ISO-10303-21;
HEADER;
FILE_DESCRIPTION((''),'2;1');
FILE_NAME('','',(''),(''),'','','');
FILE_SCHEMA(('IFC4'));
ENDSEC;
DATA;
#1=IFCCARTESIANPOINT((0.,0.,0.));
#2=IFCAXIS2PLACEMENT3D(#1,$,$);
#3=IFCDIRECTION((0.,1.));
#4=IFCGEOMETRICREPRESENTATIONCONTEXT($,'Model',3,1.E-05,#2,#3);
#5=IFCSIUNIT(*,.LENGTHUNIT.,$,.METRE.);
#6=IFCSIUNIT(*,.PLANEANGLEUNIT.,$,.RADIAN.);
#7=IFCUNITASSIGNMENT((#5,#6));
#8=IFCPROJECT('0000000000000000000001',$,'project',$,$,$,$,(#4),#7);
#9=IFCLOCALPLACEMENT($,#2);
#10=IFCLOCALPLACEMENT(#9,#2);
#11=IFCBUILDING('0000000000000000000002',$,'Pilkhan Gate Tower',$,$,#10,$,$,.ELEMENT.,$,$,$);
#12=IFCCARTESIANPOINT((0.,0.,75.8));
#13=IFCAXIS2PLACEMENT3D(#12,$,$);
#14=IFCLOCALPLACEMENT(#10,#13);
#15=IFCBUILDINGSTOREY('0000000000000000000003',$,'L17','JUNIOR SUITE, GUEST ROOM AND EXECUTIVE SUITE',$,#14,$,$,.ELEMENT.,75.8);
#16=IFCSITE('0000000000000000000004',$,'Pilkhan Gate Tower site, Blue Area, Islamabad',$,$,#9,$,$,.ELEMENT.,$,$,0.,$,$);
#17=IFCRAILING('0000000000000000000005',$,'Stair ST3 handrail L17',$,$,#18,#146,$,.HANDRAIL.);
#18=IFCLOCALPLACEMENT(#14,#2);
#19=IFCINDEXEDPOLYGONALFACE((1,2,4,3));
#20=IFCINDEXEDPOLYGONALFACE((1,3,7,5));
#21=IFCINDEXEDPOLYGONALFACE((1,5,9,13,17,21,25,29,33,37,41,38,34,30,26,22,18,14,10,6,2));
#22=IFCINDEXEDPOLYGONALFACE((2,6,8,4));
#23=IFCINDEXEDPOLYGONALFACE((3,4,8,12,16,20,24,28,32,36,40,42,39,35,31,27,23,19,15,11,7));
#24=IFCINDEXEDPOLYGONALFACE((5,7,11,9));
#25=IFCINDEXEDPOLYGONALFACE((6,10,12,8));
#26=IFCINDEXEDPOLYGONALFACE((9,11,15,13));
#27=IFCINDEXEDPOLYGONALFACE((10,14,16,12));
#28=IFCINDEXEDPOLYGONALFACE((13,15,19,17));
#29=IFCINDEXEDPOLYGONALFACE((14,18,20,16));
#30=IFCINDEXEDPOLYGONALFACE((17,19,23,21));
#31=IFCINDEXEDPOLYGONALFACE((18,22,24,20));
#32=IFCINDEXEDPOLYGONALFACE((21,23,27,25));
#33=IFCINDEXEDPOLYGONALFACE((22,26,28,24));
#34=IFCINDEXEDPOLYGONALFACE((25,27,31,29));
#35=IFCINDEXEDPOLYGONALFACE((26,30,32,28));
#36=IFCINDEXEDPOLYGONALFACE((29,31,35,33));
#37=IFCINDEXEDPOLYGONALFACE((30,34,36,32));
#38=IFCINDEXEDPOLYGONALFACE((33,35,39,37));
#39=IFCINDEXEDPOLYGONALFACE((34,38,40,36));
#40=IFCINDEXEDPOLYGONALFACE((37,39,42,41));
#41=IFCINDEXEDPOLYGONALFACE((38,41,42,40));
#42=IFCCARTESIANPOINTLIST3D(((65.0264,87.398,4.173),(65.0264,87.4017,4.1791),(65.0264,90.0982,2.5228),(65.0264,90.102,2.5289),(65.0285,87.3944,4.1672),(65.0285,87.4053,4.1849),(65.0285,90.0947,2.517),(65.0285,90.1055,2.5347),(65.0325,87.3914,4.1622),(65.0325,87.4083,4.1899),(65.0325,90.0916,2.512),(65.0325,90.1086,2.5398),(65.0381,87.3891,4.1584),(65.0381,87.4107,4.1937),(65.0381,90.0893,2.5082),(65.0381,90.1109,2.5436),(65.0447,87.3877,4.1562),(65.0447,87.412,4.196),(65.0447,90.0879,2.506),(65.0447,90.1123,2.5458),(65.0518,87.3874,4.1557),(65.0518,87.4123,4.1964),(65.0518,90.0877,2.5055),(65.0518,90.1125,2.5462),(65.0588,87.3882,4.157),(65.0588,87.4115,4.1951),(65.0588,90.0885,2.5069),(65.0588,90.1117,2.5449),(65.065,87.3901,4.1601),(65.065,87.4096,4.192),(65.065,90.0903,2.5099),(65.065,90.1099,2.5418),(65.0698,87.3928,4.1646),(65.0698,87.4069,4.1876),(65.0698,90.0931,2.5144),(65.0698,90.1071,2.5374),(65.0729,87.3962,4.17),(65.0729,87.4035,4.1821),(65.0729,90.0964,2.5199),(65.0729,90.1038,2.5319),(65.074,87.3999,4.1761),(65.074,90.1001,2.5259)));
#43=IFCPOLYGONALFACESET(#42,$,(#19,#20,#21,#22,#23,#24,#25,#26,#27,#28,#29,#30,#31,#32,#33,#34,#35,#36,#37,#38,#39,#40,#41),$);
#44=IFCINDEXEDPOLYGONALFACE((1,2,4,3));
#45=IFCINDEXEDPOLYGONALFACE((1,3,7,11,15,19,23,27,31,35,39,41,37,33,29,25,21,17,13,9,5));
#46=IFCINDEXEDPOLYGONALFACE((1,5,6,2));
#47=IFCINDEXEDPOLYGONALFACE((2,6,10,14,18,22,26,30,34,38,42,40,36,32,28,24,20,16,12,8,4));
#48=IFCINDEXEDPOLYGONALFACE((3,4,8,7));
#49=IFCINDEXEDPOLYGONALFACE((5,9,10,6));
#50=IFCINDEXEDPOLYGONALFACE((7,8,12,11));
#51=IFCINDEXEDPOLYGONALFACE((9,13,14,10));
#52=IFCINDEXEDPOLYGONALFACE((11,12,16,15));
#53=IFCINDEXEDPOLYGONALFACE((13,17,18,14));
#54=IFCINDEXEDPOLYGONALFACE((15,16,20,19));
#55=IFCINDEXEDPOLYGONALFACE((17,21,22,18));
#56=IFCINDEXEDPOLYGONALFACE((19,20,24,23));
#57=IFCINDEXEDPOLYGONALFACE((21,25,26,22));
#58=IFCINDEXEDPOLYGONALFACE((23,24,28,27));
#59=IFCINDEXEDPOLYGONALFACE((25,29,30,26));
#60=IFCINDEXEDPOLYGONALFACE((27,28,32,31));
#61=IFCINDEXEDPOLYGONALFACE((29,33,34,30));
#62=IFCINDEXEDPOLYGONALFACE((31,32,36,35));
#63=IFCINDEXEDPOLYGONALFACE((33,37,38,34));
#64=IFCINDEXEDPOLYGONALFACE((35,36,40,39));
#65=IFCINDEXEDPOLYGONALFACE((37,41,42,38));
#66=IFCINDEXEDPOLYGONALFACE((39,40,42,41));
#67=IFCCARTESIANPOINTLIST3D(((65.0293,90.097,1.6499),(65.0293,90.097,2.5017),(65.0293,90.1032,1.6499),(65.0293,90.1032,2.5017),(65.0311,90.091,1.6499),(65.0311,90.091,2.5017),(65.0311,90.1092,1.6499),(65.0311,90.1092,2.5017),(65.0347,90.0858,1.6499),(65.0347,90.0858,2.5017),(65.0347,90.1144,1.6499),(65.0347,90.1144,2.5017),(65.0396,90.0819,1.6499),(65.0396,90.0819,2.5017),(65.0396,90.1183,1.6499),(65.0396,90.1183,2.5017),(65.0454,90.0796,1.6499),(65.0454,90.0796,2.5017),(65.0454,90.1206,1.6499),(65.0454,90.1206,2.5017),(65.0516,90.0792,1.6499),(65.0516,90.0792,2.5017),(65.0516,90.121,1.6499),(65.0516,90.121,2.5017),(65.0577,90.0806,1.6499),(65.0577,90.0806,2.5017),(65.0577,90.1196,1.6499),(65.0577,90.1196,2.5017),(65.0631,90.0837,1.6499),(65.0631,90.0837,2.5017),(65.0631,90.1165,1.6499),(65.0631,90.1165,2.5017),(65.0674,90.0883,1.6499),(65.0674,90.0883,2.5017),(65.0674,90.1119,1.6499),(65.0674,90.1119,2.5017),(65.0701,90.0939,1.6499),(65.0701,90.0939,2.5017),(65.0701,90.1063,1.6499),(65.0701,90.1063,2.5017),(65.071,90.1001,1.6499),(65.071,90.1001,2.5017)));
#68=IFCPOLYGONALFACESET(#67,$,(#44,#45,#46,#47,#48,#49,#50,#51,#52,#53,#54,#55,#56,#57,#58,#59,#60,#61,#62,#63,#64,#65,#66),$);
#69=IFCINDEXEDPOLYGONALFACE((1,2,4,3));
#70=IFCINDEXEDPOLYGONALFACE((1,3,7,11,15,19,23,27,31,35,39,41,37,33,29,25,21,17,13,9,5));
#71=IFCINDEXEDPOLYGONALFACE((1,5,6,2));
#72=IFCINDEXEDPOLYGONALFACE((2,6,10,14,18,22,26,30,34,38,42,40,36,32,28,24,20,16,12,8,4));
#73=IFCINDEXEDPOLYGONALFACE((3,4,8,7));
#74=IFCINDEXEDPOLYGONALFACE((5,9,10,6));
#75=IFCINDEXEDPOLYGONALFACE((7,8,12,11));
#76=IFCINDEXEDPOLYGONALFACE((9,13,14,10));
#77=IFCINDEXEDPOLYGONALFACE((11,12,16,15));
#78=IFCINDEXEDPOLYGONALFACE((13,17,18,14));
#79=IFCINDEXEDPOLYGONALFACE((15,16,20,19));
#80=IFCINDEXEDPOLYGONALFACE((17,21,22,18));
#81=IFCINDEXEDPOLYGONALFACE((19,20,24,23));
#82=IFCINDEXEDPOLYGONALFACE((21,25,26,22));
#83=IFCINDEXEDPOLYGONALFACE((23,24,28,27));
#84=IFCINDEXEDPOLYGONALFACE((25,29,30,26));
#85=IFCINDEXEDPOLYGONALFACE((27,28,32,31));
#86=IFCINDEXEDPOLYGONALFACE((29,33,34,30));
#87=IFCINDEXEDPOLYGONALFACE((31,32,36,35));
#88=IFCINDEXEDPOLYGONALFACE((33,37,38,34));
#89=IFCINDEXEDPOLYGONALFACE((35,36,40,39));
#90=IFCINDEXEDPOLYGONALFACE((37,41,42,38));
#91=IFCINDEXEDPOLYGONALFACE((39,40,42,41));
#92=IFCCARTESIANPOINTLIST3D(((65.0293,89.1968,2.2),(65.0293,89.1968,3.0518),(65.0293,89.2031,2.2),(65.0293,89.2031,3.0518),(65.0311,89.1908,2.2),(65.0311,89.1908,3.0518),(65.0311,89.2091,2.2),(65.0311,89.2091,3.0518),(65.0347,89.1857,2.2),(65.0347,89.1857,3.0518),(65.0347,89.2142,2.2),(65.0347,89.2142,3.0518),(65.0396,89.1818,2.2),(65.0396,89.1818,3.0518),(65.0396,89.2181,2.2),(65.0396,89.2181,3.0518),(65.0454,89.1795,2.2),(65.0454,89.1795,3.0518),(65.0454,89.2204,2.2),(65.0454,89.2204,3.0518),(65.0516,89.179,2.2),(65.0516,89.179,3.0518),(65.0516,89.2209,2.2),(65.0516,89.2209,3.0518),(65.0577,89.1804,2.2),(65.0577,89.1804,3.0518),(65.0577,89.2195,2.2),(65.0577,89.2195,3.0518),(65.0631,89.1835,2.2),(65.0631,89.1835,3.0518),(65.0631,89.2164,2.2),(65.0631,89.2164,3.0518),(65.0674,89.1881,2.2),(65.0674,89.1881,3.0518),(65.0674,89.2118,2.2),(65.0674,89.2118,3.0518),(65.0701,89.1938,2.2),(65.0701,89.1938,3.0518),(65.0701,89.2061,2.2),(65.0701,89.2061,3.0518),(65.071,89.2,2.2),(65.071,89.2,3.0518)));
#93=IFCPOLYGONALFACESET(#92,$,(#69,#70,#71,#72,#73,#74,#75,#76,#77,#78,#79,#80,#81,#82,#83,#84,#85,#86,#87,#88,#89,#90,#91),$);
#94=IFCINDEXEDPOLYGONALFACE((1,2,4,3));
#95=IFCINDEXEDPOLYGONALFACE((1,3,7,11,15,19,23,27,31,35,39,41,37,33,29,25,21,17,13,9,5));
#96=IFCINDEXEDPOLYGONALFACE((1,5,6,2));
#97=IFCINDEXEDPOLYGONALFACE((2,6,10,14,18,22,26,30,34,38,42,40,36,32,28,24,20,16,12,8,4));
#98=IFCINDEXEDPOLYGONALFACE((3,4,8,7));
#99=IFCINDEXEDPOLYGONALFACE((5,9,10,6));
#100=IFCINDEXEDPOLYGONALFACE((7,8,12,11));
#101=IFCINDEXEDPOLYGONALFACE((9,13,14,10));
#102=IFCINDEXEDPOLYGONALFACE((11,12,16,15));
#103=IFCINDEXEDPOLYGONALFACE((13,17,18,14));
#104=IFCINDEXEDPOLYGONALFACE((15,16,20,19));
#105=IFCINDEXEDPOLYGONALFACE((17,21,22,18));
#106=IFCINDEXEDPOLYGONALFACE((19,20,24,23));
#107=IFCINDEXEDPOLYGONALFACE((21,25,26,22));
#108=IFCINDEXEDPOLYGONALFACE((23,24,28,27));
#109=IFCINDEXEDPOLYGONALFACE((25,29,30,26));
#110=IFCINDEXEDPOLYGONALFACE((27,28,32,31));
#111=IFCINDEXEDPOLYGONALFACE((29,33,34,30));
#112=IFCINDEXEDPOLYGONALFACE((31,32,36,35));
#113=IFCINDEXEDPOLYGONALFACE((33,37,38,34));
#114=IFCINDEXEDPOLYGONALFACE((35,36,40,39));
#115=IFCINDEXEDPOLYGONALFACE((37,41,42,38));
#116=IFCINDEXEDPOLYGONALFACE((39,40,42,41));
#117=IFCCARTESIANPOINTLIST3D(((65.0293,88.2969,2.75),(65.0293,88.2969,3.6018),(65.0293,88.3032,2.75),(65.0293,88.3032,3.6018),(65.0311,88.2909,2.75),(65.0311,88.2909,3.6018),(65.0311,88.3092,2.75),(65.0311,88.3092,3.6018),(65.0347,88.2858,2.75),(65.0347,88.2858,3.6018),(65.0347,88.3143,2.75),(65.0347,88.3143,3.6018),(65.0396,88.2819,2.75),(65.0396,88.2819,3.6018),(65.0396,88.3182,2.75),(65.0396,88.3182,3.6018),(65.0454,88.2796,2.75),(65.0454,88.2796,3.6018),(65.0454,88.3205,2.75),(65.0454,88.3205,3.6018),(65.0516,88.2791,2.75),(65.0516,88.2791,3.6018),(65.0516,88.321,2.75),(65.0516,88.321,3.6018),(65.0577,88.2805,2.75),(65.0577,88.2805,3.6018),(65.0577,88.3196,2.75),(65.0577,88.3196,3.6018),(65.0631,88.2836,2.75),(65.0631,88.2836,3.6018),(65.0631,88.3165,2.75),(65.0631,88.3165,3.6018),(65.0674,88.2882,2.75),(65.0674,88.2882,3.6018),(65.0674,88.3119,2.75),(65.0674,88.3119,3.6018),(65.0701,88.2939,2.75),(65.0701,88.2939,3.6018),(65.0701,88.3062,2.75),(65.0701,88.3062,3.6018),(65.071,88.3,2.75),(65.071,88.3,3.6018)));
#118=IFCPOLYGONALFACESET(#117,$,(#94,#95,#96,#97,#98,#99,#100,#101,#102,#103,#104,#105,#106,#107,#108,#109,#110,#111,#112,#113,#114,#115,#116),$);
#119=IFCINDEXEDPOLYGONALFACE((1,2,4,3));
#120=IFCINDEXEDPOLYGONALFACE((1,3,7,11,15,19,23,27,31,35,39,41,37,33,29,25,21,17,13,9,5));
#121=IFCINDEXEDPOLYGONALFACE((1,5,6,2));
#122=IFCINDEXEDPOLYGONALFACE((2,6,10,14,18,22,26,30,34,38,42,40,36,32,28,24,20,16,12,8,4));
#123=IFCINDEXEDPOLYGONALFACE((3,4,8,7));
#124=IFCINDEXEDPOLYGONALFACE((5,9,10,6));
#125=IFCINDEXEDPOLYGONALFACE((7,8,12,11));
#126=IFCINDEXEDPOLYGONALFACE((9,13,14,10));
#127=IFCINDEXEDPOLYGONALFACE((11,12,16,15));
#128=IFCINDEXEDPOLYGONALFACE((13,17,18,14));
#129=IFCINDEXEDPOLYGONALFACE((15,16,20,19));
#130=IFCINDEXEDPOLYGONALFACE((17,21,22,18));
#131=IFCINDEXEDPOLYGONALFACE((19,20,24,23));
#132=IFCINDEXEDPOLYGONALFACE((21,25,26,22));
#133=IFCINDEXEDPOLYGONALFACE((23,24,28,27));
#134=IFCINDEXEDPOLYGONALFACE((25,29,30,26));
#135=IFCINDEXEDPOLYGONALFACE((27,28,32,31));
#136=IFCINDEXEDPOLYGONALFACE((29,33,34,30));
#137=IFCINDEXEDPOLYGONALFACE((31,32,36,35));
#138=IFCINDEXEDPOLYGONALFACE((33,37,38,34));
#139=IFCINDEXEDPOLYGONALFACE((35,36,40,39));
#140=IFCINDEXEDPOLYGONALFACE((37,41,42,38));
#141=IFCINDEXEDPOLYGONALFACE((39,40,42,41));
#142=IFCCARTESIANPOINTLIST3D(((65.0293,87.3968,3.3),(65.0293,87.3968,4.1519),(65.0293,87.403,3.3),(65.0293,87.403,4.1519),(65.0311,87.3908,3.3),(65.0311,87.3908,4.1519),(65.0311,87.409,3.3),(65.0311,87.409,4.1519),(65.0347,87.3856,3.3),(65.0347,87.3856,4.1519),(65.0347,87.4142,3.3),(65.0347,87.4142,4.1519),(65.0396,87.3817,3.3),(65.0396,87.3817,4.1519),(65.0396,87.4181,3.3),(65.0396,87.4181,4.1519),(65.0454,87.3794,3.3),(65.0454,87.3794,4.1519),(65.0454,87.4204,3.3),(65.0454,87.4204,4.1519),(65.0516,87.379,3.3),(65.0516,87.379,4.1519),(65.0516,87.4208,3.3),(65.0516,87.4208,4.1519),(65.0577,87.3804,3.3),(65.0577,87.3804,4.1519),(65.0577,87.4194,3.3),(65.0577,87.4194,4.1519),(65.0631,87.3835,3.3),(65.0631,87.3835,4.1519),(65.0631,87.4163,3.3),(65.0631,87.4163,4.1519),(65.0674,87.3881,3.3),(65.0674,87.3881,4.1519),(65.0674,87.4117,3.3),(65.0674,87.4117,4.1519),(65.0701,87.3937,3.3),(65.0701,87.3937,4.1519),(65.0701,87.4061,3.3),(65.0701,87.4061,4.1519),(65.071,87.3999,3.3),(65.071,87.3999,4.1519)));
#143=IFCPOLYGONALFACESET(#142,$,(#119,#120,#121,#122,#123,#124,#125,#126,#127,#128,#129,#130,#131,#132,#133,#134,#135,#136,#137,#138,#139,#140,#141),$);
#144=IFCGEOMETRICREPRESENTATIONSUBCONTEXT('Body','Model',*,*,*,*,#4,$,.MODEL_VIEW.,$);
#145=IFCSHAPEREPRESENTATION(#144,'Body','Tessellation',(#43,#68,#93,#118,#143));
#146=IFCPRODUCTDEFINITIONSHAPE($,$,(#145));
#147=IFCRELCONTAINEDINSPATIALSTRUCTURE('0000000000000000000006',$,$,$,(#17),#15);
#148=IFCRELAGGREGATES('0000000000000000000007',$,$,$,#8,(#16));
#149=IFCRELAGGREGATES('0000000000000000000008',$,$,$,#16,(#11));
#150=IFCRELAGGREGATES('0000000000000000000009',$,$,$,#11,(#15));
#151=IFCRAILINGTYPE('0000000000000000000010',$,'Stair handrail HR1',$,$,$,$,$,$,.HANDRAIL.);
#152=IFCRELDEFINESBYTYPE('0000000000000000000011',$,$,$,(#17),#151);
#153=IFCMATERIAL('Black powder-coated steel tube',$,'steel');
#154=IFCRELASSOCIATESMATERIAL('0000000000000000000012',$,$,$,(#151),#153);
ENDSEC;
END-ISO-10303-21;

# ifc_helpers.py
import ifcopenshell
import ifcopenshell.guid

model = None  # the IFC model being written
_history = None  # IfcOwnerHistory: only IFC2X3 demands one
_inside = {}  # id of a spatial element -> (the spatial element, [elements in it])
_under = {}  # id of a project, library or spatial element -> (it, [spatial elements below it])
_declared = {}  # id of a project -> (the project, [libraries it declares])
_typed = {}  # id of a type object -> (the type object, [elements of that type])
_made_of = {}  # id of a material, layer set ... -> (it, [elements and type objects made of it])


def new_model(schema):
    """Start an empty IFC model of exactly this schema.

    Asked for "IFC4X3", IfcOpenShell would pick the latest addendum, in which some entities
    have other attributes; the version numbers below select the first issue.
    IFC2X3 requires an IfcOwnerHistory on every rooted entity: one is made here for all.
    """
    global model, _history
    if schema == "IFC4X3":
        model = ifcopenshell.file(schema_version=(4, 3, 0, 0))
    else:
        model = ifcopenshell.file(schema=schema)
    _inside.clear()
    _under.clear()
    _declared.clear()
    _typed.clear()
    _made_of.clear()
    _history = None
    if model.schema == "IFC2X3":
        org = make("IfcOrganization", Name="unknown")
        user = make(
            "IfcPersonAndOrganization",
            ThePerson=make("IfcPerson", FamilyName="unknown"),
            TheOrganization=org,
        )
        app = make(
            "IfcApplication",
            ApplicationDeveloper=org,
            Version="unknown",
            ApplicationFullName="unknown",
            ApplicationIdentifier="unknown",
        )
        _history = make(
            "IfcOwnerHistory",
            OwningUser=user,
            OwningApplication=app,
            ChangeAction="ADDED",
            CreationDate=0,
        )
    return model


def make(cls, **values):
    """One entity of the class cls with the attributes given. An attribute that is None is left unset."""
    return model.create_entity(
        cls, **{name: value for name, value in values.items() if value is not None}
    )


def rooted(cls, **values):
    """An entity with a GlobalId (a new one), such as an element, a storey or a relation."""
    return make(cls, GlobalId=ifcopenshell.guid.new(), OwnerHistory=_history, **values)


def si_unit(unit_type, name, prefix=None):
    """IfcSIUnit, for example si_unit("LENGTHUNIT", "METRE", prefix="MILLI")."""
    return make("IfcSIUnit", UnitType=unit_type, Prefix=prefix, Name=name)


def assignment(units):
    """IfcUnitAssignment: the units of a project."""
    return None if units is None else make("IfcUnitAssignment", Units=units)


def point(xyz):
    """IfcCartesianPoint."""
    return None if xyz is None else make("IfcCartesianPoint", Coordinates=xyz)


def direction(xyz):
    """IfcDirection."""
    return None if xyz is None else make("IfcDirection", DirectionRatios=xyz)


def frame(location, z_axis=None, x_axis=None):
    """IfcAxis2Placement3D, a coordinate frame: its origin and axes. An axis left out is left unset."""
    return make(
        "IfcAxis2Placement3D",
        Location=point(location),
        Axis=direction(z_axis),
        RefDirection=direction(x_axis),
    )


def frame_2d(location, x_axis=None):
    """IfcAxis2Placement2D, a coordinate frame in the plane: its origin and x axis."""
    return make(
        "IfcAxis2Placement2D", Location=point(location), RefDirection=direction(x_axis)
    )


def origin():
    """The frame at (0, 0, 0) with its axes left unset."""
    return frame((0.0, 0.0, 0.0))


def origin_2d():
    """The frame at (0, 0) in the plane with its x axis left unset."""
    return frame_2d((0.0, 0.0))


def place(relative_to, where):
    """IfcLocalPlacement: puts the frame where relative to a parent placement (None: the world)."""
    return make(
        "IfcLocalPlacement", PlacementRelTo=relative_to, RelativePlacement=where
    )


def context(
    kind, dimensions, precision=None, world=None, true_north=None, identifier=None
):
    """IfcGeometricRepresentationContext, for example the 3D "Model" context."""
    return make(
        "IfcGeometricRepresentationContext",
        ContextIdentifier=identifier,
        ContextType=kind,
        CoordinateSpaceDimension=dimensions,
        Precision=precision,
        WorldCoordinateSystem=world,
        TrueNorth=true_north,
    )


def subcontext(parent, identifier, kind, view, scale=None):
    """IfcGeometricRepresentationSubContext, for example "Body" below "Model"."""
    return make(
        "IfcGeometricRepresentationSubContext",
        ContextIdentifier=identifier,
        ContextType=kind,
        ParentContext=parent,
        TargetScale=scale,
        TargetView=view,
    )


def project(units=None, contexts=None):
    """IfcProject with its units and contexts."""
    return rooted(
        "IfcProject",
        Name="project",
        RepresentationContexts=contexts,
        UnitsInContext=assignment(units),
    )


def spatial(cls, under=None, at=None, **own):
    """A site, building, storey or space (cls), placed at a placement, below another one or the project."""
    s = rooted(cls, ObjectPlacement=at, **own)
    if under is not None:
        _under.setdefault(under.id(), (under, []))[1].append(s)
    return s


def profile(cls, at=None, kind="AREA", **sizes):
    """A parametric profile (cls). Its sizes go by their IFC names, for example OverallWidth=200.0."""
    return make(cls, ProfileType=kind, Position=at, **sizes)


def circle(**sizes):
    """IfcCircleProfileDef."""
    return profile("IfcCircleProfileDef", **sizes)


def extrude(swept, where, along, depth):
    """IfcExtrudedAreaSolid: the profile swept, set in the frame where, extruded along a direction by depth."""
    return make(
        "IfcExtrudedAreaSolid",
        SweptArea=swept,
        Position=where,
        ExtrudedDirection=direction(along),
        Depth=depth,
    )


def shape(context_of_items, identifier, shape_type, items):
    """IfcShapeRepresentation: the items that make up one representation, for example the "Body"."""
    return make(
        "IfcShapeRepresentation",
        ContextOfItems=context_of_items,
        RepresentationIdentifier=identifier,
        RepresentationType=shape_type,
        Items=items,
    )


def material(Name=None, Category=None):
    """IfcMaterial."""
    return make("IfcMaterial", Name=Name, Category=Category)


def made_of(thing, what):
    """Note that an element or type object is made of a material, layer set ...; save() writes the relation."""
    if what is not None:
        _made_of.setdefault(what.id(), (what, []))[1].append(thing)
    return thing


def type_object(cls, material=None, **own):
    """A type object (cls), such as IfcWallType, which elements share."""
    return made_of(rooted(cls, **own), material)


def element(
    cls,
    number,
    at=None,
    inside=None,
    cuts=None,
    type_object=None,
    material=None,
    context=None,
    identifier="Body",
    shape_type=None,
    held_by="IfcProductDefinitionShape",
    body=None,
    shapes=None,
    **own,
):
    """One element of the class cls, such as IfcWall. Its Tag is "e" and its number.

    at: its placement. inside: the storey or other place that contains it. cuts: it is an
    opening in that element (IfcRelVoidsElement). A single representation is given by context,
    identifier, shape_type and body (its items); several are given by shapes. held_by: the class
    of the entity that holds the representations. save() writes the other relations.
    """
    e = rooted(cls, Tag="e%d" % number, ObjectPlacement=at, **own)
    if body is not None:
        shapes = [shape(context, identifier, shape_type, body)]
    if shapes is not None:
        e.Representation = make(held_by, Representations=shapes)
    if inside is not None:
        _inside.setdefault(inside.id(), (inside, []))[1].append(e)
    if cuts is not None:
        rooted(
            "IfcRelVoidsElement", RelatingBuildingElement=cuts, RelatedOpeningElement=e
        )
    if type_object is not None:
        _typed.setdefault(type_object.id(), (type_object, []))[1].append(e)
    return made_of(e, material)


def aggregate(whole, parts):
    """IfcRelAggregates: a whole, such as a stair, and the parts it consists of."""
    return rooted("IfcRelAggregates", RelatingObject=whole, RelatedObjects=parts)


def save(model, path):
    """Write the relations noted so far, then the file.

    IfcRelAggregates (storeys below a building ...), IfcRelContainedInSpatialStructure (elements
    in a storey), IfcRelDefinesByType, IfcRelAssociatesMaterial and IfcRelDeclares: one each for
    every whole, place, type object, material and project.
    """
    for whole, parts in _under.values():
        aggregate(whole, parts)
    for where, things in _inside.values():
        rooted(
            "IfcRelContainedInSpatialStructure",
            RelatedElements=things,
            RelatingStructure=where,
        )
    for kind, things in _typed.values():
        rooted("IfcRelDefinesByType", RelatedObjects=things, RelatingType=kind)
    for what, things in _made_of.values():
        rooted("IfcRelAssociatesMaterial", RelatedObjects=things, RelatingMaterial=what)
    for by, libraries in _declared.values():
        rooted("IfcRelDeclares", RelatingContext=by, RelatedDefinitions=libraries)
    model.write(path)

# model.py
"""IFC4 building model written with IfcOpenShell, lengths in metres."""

from ifc_helpers import new_model, si_unit, direction, frame, origin, origin_2d, place, context, subcontext, project, spatial, circle, extrude, material, type_object, element, save


model = new_model("IFC4")

# Units and contexts
model_context = context("Model", 3, precision=1e-05, world=origin(), true_north=direction((0.0, 1.0)))
body_context = subcontext(model_context, "Body", "Model", "MODEL_VIEW")
ifc_project = project(units=[si_unit("LENGTHUNIT", "METRE"), si_unit("PLANEANGLEUNIT", "RADIAN")], contexts=[model_context])

# Site, building, storey
site_placement = place(None, origin())
site = spatial("IfcSite", under=ifc_project, at=site_placement, Name="Pilkhan Gate Tower site, Blue Area, Islamabad", CompositionType="ELEMENT", RefElevation=0.0)
building_placement = place(site_placement, origin())
building = spatial("IfcBuilding", under=site, at=building_placement, Name="Pilkhan Gate Tower", CompositionType="ELEMENT")
storey_placement = place(building_placement, frame((0.0, 0.0, 75.8)))
storey = spatial("IfcBuildingStorey", under=building, at=storey_placement, Name="L17", Description="JUNIOR SUITE, GUEST ROOM AND EXECUTIVE SUITE", CompositionType="ELEMENT", Elevation=75.8)

# Railing
ifc_material_1 = material(Name="Black powder-coated steel tube", Category="steel")
railing_type_1 = type_object("IfcRailingType", Name="Stair handrail HR1", PredefinedType="HANDRAIL", material=ifc_material_1)
railing_1_placement = place(storey_placement, frame((65.05, 90.1001, 1.6499)))
element("IfcRailing", 1, at=railing_1_placement, inside=storey, type_object=railing_type_1, Name="Stair ST3 handrail L17", PredefinedType="HANDRAIL", context=body_context, shape_type="SweptSolid", body=[
    extrude(circle(Radius=0.0239, at=origin_2d()), frame((0.0, 0.0, 0.876), z_axis=(0.0, -0.853278, 0.521456), x_axis=(1.0, 0.0, 0.0)), (0.0, 0.0, 1.0), 3.1646),
    extrude(circle(Radius=0.021, at=origin_2d()), origin(), (0.0, 0.0, 1.0), 0.8518),
    extrude(circle(Radius=0.021, at=origin_2d()), frame((0.0, -0.9001, 0.55)), (0.0, 0.0, 1.0), 0.8518),
    extrude(circle(Radius=0.021, at=origin_2d()), frame((0.0, -1.8, 1.1001)), (0.0, 0.0, 1.0), 0.8518),
    extrude(circle(Radius=0.021, at=origin_2d()), frame((0.0, -2.7002, 1.6501)), (0.0, 0.0, 1.0), 0.8518),
])

save(model, "model.ifc")
